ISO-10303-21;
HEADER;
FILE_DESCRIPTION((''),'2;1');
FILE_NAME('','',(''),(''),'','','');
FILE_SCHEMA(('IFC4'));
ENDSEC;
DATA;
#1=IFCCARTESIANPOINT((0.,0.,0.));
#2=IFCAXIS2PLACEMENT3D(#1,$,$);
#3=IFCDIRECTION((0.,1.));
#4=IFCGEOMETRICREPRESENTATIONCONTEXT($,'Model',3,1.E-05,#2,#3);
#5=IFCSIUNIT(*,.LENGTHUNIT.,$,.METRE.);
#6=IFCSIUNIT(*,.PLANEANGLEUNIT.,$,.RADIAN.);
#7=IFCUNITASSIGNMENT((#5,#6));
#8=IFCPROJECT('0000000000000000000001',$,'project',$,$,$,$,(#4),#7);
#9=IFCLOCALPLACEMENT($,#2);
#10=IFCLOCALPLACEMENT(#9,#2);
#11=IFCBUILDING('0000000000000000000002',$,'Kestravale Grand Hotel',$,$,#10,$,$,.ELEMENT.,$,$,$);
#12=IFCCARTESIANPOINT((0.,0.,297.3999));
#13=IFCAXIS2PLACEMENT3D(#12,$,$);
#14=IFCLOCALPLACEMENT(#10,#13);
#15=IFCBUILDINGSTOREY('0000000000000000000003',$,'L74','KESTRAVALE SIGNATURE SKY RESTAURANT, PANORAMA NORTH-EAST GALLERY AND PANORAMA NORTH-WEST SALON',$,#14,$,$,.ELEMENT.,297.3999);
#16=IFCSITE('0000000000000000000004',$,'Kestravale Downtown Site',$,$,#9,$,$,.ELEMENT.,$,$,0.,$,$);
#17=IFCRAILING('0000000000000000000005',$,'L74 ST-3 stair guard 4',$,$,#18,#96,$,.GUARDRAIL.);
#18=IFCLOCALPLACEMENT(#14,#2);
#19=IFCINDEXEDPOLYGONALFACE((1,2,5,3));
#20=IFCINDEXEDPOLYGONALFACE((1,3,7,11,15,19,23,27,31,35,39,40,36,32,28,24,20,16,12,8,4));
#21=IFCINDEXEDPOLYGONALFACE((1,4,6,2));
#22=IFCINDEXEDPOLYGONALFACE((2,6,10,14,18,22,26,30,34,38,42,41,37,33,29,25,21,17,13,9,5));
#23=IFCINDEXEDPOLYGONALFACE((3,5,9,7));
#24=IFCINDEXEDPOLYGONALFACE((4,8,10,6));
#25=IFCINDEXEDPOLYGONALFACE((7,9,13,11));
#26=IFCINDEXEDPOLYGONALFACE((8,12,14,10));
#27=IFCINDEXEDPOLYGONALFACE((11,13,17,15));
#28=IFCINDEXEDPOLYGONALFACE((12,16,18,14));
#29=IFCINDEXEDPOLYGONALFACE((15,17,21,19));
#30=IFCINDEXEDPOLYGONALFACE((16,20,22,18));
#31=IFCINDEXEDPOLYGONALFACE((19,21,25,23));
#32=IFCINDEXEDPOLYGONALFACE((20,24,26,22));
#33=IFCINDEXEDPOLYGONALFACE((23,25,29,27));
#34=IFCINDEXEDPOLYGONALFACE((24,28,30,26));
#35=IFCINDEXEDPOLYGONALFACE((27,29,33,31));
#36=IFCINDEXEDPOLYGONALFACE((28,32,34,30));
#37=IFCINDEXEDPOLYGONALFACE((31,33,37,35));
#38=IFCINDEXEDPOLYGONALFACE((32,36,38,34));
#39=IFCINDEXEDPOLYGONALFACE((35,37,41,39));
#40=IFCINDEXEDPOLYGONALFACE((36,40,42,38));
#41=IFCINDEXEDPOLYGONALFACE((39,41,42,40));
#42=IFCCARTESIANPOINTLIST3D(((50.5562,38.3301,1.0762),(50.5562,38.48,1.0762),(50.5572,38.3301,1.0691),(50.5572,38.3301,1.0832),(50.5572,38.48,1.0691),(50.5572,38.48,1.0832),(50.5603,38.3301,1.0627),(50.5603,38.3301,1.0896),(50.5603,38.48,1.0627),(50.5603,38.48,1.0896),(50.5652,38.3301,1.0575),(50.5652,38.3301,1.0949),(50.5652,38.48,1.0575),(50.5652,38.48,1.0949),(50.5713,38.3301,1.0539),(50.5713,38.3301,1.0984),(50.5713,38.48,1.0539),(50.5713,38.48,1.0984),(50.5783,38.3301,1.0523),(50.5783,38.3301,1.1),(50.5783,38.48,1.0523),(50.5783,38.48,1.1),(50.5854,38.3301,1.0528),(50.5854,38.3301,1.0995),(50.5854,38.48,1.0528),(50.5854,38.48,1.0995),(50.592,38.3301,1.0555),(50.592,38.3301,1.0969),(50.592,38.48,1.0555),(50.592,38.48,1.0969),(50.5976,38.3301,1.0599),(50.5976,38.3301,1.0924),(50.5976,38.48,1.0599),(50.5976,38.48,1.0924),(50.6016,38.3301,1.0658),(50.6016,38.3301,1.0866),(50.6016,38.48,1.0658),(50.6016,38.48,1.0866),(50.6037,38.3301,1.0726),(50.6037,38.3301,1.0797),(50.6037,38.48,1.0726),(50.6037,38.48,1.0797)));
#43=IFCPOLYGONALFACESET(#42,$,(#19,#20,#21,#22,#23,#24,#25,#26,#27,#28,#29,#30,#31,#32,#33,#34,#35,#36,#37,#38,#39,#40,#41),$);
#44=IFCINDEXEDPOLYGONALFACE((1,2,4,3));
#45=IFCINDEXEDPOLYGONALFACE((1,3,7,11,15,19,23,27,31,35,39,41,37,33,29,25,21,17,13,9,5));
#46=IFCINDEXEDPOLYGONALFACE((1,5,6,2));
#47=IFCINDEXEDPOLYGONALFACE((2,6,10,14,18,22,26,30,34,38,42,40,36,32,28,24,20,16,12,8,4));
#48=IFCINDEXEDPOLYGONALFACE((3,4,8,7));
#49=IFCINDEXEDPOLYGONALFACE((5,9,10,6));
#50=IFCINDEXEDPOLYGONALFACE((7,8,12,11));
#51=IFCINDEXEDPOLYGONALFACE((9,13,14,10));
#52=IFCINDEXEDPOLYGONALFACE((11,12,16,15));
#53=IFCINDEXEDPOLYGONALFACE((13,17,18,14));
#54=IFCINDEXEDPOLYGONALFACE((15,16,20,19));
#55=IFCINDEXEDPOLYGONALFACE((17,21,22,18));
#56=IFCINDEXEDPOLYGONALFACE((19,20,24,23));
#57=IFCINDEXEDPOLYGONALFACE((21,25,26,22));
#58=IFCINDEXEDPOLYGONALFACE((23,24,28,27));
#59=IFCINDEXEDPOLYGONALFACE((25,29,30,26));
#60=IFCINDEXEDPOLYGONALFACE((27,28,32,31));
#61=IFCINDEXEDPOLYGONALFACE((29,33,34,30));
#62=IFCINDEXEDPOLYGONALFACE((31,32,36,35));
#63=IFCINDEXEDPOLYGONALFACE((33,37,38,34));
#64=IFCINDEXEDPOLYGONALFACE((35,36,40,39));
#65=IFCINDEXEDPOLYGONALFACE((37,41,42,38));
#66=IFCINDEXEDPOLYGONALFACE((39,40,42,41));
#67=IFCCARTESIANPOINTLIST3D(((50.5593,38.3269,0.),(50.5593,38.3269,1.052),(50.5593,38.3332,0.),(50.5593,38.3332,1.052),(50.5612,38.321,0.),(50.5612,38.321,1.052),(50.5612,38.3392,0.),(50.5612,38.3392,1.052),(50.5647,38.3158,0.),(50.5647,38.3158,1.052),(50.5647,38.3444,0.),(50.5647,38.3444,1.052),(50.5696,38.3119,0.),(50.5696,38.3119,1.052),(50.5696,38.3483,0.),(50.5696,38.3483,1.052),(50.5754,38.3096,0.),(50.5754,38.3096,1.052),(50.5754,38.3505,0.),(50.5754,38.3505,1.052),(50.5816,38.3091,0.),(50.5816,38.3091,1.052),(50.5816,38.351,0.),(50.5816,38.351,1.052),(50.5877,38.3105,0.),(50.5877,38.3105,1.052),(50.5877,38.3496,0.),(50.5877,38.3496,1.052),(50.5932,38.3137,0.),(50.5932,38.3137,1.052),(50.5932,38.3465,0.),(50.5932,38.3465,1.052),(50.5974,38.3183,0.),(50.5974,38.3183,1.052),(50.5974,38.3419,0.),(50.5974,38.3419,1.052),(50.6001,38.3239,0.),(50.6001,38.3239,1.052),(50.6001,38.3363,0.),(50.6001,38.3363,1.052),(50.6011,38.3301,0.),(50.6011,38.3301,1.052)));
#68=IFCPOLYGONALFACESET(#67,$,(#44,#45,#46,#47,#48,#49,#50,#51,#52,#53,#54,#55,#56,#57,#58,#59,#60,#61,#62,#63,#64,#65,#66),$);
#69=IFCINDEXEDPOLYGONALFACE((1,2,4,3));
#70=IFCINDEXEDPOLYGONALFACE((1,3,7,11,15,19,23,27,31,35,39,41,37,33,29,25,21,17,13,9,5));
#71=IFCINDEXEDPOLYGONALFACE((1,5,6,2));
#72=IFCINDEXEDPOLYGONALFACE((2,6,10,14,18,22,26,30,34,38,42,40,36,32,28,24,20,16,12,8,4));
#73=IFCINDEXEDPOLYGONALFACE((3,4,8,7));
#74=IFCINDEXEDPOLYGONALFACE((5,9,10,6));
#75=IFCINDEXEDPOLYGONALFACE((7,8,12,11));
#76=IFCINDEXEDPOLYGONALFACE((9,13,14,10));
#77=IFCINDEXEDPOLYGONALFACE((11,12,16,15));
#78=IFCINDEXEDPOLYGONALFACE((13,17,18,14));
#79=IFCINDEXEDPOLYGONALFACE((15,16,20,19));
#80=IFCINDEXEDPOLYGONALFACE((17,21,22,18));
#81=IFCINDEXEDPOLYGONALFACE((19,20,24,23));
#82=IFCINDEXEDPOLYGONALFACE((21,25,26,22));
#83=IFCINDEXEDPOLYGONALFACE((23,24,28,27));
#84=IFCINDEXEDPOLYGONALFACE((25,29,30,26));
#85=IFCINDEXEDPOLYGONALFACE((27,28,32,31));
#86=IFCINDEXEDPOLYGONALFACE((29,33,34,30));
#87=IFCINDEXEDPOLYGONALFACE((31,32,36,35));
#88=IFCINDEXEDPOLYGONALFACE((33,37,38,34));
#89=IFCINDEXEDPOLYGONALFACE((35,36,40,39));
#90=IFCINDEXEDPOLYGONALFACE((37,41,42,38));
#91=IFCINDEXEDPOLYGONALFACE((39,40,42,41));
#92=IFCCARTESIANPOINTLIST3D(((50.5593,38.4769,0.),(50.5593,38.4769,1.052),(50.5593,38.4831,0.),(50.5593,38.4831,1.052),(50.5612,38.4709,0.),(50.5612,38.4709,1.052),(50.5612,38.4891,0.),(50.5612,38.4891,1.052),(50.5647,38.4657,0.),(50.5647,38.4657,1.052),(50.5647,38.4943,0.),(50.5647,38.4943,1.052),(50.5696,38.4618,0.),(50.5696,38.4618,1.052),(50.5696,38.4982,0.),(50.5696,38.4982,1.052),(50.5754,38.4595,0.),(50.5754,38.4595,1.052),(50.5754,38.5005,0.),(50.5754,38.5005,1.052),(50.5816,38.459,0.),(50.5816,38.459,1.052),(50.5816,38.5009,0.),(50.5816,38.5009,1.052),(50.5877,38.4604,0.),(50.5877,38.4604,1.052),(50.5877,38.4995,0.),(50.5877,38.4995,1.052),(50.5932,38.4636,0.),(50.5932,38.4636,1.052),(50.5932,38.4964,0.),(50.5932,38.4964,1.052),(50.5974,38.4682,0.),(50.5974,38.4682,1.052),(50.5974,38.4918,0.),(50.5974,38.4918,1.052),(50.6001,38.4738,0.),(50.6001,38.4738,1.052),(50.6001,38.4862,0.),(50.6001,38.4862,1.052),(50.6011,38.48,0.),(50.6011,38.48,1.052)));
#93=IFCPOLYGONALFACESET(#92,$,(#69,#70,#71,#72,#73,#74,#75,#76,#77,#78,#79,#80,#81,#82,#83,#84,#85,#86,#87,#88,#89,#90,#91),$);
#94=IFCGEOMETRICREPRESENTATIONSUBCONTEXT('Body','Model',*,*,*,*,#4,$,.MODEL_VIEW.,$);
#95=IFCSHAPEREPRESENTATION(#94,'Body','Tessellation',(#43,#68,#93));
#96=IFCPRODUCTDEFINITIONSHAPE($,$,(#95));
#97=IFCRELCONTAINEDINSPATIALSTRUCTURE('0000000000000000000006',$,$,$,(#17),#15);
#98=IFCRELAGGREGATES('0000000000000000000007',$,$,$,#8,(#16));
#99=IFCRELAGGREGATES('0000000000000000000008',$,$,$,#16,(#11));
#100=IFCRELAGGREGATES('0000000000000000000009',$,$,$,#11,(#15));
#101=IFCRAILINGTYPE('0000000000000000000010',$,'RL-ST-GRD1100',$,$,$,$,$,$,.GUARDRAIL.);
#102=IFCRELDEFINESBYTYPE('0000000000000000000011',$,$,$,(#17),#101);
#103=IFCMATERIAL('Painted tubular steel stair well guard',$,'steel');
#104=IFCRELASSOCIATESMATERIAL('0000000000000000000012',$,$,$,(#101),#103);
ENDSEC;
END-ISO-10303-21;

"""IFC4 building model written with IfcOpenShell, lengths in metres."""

from ifc_helpers import new_model, si_unit, direction, frame, origin, origin_2d, place, context, subcontext, project, spatial, circle, extrude, material, type_object, element, save


model = new_model("IFC4")

# Units and contexts
model_context = context("Model", 3, precision=1e-05, world=origin(), true_north=direction((0.0, 1.0)))
body_context = subcontext(model_context, "Body", "Model", "MODEL_VIEW")
ifc_project = project(units=[si_unit("LENGTHUNIT", "METRE"), si_unit("PLANEANGLEUNIT", "RADIAN")], contexts=[model_context])

# Site, building, storey
site_placement = place(None, origin())
site = spatial("IfcSite", under=ifc_project, at=site_placement, Name="Kestravale Downtown Site", CompositionType="ELEMENT", RefElevation=0.0)
building_placement = place(site_placement, origin())
building = spatial("IfcBuilding", under=site, at=building_placement, Name="Kestravale Grand Hotel", CompositionType="ELEMENT")
storey_placement = place(building_placement, frame((0.0, 0.0, 297.3999)))
storey = spatial("IfcBuildingStorey", under=building, at=storey_placement, Name="L74", Description="KESTRAVALE SIGNATURE SKY RESTAURANT, PANORAMA NORTH-EAST GALLERY AND PANORAMA NORTH-WEST SALON", CompositionType="ELEMENT", Elevation=297.3999)

# Railing
ifc_material_1 = material(Name="Painted tubular steel stair well guard", Category="steel")
railing_type_1 = type_object("IfcRailingType", Name="RL-ST-GRD1100", PredefinedType="GUARDRAIL", material=ifc_material_1)
railing_1_placement = place(storey_placement, frame((50.5801, 38.3301, 0.0)))
element("IfcRailing", 1, at=railing_1_placement, inside=storey, type_object=railing_type_1, Name="L74 ST-3 stair guard 4", PredefinedType="GUARDRAIL", context=body_context, shape_type="SweptSolid", body=[
    extrude(circle(Radius=0.0239, at=origin_2d()), frame((0.0, 0.0, 1.0762), z_axis=(0.0, 1.0, 0.0), x_axis=(-1.0, 0.0, 0.0)), (0.0, 0.0, 1.0), 0.1499),
    extrude(circle(Radius=0.021, at=origin_2d()), origin(), (0.0, 0.0, 1.0), 1.052),
    extrude(circle(Radius=0.021, at=origin_2d()), frame((0.0, 0.1499, 0.0)), (0.0, 0.0, 1.0), 1.052),
])

save(model, "model.ifc")
